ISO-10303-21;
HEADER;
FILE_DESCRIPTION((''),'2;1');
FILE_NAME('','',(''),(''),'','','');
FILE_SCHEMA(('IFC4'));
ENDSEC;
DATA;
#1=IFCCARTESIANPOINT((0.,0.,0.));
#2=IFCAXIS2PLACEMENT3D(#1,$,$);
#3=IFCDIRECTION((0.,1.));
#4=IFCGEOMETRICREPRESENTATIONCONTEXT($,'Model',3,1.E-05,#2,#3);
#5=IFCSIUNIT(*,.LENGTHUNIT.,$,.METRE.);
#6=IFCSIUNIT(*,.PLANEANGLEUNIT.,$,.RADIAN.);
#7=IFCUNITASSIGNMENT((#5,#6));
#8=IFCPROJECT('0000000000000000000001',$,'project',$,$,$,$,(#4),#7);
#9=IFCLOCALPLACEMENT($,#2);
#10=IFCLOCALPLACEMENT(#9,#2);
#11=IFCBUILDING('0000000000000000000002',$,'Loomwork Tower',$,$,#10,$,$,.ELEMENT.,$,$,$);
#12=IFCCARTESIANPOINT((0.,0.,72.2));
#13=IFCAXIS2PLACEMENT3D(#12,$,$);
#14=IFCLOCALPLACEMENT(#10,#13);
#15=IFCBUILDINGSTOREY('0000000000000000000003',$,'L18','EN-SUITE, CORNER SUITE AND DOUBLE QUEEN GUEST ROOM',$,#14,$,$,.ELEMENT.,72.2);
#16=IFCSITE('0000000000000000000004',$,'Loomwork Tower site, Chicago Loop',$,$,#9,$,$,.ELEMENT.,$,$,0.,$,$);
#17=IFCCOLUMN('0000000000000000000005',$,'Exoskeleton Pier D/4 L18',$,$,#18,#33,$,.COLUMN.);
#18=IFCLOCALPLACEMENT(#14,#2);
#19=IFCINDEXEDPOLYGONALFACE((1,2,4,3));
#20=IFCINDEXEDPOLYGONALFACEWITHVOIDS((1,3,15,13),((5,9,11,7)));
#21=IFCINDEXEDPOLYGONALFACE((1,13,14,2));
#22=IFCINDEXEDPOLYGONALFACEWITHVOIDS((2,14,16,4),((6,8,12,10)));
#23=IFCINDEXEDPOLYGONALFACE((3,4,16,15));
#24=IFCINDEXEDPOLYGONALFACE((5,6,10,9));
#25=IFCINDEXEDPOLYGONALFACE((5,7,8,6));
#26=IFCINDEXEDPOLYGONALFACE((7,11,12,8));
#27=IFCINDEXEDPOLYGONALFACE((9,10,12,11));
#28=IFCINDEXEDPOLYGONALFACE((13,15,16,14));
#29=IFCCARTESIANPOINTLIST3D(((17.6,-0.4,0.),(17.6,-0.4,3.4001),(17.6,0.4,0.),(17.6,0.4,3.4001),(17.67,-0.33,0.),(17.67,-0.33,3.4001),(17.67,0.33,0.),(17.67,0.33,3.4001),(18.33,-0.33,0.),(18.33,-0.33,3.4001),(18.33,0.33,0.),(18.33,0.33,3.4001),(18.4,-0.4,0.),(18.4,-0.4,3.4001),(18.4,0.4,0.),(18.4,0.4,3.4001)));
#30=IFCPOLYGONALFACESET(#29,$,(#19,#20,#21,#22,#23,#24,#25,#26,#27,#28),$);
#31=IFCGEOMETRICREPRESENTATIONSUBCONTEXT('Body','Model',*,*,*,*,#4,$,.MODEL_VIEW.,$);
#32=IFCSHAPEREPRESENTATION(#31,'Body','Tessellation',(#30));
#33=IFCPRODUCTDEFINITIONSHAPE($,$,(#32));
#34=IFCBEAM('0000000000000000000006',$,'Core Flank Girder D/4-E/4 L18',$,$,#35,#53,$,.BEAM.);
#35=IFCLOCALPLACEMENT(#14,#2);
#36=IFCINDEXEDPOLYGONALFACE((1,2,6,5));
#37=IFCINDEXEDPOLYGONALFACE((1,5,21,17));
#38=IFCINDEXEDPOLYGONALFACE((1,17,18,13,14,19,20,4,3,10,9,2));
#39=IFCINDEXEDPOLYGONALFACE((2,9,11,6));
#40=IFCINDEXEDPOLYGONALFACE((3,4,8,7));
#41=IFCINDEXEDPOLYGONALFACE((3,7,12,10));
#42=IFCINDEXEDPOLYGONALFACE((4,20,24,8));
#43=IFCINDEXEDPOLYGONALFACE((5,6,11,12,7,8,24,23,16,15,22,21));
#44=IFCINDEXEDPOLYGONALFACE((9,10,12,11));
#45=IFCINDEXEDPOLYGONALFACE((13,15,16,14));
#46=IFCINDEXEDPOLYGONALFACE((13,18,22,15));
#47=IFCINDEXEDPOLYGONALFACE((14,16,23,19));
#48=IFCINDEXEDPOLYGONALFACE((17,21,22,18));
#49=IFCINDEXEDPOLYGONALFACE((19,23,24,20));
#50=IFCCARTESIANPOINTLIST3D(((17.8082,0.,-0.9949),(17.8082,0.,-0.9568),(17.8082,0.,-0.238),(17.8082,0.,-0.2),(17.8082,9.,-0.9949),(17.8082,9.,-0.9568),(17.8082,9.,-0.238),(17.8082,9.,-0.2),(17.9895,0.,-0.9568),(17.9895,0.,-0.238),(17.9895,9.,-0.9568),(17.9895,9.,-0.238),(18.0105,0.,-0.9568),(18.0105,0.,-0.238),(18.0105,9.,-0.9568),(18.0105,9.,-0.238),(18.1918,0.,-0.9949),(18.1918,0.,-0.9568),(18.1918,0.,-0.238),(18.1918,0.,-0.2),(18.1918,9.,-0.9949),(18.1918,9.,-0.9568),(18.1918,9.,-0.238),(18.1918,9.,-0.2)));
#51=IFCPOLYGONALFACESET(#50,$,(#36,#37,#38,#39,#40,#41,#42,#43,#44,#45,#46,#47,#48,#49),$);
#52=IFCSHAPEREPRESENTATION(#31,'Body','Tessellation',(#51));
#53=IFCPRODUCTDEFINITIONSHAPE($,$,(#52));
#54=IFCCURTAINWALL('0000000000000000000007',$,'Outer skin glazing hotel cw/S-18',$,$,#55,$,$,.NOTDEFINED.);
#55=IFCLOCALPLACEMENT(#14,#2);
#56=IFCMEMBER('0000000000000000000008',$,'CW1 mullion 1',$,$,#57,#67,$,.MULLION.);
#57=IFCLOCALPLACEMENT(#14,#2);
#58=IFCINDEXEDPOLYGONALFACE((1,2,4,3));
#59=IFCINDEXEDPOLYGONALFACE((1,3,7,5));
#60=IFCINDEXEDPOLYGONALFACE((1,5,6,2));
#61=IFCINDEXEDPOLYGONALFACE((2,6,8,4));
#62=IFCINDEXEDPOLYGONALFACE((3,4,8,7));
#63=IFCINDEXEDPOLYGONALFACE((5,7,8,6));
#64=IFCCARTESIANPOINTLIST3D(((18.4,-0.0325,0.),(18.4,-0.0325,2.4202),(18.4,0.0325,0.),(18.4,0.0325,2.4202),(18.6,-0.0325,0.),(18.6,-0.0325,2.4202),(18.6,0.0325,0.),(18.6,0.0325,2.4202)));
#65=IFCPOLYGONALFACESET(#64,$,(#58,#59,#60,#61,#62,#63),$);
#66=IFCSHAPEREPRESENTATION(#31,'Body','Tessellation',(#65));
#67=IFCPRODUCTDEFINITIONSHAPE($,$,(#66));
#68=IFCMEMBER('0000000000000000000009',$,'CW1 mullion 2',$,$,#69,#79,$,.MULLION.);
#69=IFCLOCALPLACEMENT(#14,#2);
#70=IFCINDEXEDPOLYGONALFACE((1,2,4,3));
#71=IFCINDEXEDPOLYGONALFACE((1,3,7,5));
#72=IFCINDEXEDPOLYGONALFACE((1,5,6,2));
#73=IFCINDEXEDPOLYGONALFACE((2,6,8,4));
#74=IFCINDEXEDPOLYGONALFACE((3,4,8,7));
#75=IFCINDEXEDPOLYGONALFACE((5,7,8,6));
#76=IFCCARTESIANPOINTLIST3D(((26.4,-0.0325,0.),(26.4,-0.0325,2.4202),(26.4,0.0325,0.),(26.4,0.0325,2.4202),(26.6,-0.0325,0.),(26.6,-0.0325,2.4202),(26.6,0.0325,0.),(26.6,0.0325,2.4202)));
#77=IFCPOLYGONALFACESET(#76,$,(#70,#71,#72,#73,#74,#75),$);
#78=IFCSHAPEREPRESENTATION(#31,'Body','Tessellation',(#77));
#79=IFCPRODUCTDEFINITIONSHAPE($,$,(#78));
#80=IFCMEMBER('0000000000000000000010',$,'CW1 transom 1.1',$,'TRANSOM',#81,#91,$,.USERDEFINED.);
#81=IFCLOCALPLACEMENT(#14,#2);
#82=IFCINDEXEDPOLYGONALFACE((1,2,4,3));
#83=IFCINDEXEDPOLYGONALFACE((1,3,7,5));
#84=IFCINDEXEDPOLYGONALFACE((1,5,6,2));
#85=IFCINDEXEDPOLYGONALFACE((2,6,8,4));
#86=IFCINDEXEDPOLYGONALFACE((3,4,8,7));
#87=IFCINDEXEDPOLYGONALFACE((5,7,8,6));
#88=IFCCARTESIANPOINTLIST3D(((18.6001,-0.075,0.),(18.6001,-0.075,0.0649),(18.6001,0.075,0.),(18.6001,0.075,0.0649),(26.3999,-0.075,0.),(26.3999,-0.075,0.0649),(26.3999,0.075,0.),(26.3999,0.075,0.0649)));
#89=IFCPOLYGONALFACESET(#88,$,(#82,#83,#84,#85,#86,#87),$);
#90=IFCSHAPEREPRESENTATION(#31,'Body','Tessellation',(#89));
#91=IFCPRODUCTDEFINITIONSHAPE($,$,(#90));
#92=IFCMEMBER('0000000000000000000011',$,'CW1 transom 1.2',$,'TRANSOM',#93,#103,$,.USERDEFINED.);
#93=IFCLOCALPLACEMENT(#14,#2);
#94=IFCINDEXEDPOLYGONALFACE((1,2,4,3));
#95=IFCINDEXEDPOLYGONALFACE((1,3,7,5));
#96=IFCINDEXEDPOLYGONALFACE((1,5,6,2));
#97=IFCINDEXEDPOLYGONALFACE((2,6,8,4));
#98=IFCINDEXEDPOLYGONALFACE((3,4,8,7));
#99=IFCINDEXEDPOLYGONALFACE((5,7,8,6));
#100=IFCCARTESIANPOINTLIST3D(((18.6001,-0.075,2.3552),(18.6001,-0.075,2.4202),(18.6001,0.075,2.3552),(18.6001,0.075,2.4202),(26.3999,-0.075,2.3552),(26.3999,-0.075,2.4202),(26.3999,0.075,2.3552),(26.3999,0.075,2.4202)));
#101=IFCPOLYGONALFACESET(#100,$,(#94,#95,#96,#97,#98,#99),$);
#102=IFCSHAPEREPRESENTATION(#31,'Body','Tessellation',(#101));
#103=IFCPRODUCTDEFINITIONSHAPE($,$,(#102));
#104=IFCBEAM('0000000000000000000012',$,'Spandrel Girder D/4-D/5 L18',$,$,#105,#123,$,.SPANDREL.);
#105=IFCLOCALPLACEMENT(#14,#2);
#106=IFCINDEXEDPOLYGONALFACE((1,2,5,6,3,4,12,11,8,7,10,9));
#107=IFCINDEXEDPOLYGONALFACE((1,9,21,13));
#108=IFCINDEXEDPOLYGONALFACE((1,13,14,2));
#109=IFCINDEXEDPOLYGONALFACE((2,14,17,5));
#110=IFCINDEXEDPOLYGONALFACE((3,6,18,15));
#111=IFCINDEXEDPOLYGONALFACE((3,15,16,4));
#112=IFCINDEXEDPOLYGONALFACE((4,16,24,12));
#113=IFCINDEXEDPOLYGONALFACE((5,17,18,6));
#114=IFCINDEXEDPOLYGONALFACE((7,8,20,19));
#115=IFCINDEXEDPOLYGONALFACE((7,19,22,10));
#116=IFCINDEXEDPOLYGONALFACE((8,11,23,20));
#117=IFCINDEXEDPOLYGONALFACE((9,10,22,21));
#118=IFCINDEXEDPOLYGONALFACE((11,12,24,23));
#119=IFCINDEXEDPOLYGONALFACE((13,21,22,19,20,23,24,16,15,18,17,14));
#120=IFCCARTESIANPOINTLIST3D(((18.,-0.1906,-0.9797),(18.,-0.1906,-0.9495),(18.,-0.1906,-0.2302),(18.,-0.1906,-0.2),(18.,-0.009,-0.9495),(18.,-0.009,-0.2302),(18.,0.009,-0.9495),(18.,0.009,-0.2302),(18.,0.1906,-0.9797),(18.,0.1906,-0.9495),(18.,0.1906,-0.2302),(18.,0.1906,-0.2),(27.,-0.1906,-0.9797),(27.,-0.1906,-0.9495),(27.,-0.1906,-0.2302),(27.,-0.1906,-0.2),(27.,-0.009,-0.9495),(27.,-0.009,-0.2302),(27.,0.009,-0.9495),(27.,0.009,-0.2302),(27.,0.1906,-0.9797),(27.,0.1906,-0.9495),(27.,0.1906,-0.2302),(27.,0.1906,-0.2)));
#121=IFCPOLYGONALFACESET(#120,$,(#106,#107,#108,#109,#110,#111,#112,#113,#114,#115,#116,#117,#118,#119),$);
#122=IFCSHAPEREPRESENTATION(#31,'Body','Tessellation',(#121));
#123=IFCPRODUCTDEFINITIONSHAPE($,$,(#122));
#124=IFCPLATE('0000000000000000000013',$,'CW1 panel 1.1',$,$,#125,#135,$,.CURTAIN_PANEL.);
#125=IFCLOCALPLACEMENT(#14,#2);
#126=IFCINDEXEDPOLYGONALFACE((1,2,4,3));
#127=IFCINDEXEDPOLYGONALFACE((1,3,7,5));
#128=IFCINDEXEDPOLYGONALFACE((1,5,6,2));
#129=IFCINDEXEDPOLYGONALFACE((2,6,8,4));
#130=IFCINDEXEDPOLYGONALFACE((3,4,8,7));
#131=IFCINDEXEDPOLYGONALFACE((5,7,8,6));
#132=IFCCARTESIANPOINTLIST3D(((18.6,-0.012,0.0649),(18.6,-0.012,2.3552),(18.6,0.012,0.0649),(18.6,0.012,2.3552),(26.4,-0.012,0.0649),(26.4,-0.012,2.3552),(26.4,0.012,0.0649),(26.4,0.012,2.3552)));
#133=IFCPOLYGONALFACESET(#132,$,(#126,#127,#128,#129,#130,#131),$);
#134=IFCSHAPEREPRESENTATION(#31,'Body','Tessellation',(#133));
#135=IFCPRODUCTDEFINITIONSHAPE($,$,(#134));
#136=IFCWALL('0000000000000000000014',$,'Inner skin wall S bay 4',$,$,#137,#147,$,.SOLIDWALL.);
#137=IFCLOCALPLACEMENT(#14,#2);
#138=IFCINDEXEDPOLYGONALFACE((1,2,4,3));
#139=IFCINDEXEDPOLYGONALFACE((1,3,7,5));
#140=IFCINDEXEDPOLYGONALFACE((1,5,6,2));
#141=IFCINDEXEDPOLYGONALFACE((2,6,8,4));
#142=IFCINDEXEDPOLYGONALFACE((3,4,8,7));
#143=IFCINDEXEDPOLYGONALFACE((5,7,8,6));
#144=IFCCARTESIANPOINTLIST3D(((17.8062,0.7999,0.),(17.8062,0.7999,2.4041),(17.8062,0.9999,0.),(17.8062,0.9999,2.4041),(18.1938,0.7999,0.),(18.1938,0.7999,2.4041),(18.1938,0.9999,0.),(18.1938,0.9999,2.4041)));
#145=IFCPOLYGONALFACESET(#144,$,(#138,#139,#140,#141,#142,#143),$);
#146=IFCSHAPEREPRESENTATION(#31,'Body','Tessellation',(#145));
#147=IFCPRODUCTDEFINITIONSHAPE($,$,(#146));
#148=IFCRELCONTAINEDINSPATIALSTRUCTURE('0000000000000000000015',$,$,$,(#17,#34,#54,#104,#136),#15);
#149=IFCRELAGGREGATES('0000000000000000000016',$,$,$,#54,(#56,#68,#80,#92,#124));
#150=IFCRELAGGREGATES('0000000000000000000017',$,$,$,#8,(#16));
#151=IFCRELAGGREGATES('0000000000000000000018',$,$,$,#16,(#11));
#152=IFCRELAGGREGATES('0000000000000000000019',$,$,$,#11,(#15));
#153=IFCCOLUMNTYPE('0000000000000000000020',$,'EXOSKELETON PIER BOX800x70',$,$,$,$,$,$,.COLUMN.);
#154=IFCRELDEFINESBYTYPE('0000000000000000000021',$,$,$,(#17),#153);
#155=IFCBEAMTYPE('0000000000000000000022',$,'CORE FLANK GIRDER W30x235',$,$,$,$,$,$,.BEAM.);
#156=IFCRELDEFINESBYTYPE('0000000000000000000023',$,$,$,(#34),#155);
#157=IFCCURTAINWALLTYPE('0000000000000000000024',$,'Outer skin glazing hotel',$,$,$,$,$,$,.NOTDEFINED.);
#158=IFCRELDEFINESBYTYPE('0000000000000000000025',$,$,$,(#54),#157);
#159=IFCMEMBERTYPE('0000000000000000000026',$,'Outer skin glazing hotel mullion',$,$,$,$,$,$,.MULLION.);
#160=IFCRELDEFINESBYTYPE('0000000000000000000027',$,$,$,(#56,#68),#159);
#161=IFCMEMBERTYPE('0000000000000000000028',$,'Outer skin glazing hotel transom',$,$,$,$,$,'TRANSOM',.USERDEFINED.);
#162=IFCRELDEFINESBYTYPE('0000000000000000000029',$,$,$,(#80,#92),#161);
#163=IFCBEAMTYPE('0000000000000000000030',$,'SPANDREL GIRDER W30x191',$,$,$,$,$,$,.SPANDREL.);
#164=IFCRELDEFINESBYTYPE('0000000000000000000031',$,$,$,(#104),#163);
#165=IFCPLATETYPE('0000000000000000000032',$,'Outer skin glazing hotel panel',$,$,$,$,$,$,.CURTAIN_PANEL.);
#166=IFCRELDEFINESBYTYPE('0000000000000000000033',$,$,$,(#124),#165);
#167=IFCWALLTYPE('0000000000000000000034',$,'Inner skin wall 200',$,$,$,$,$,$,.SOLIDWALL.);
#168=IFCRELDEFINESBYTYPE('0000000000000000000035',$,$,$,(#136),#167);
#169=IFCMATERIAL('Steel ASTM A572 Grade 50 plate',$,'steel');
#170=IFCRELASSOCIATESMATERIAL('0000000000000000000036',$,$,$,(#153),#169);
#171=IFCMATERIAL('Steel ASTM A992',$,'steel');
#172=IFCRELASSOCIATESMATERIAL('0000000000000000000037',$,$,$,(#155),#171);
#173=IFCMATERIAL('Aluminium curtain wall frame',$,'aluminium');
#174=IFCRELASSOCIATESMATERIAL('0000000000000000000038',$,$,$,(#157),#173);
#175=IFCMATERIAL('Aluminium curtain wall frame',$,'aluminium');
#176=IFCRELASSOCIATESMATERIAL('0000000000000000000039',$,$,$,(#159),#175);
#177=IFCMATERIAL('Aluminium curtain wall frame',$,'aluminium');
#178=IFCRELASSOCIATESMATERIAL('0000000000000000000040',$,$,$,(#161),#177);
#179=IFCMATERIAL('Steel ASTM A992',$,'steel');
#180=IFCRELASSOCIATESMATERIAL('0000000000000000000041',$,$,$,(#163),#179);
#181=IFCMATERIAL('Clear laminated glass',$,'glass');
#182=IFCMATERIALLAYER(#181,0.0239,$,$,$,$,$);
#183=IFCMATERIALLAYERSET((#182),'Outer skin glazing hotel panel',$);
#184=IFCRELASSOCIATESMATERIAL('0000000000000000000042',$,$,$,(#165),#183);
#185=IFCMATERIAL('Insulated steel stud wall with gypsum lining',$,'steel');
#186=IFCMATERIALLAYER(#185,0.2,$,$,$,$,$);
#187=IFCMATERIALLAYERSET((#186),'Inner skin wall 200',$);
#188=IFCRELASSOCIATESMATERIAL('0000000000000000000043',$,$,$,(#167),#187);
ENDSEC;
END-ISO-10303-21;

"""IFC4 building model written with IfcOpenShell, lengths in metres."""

from ifc_helpers import new_model, si_unit, direction, frame, frame_2d, origin, origin_2d, place, context, subcontext, project, spatial, rectangle, hollow_rectangle, i_section, extrude, material, layer, layer_set, material_profile, profile_set, type_object, element, aggregate, save


model = new_model("IFC4")

# Units and contexts
model_context = context("Model", 3, precision=1e-05, world=origin(), true_north=direction((0.0, 1.0)))
body_context = subcontext(model_context, "Body", "Model", "MODEL_VIEW")
ifc_project = project(units=[si_unit("LENGTHUNIT", "METRE"), si_unit("PLANEANGLEUNIT", "RADIAN")], contexts=[model_context])

# Site, building, storey
site_placement = place(None, origin())
site = spatial("IfcSite", under=ifc_project, at=site_placement, Name="Loomwork Tower site, Chicago Loop", CompositionType="ELEMENT", RefElevation=0.0)
building_placement = place(site_placement, origin())
building = spatial("IfcBuilding", under=site, at=building_placement, Name="Loomwork Tower", CompositionType="ELEMENT")
storey_placement = place(building_placement, frame((0.0, 0.0, 72.2)))
storey = spatial("IfcBuildingStorey", under=building, at=storey_placement, Name="L18", Description="EN-SUITE, CORNER SUITE AND DOUBLE QUEEN GUEST ROOM", CompositionType="ELEMENT", Elevation=72.2)

# Column
ifc_material_1 = material(Name="Steel ASTM A572 Grade 50 plate", Category="steel")
ifc_material_profile_1 = material_profile(ifc_material_1, hollow_rectangle(XDim=0.8, YDim=0.8, WallThickness=0.0701, at=origin_2d()), Name="BOX800x70")
ifc_profile_set_1 = profile_set([ifc_material_profile_1], Name="Steel ASTM A572 Grade 50 plate")
column_type = type_object("IfcColumnType", Name="EXOSKELETON PIER BOX800x70", PredefinedType="COLUMN", material=ifc_profile_set_1)
column_placement = place(storey_placement, frame((18.0, 0.0, 0.0), z_axis=(0.0, 0.0, 1.0), x_axis=(1.0, 0.0, 0.0)))
element("IfcColumn", 1, at=column_placement, inside=storey, type_object=column_type, Name="Exoskeleton Pier D/4 L18", PredefinedType="COLUMN", context=body_context, shape_type="SweptSolid", body=[
    extrude(hollow_rectangle(XDim=0.8, YDim=0.8, WallThickness=0.0701, at=origin_2d()), origin(), (0.0, 0.0, 1.0), 3.4001),
])

# Beam
ifc_material_2 = material(Name="Steel ASTM A992", Category="steel")
ifc_material_profile_2 = material_profile(ifc_material_2, i_section(OverallWidth=0.3835, OverallDepth=0.7949, WebThickness=0.021, FlangeThickness=0.0381, at=origin_2d()), Name="W30x235")
ifc_profile_set_2 = profile_set([ifc_material_profile_2], Name="Steel ASTM A992")
beam_type_1 = type_object("IfcBeamType", Name="CORE FLANK GIRDER W30x235", PredefinedType="BEAM", material=ifc_profile_set_2)
beam_1_placement = place(storey_placement, frame((18.0, 0.0, -0.5974), z_axis=(0.0, 1.0, 0.0), x_axis=(-1.0, 0.0, 0.0)))
element("IfcBeam", 2, at=beam_1_placement, inside=storey, type_object=beam_type_1, Name="Core Flank Girder D/4-E/4 L18", PredefinedType="BEAM", context=body_context, shape_type="SweptSolid", body=[
    extrude(i_section(OverallWidth=0.3835, OverallDepth=0.7949, WebThickness=0.021, FlangeThickness=0.0381, at=origin_2d()), origin(), (0.0, 0.0, 1.0), 9.0),
])

# Curtain wall, members
ifc_material_3 = material(Name="Aluminium curtain wall frame", Category="aluminium")
curtain_wall_type = type_object("IfcCurtainWallType", Name="Outer skin glazing hotel", PredefinedType="NOTDEFINED", material=ifc_material_3)
curtain_wall_placement = place(storey_placement, origin())
curtain_wall = element("IfcCurtainWall", 3, at=curtain_wall_placement, inside=storey, type_object=curtain_wall_type, Name="Outer skin glazing hotel cw/S-18", PredefinedType="NOTDEFINED")
ifc_material_4 = material(Name="Aluminium curtain wall frame", Category="aluminium")
ifc_material_profile_3 = material_profile(ifc_material_4, rectangle(XDim=0.0649, YDim=0.2, at=origin_2d()), Name="AL 65x200")
ifc_profile_set_3 = profile_set([ifc_material_profile_3], Name="Aluminium curtain wall frame")
member_type_1 = type_object("IfcMemberType", Name="Outer skin glazing hotel mullion", PredefinedType="MULLION", material=ifc_profile_set_3)
member_1_placement = place(storey_placement, frame((18.5, 0.0, 0.0), z_axis=(0.0, 0.0, 1.0), x_axis=(0.0, 1.0, 0.0)))
member_1 = element("IfcMember", 4, at=member_1_placement, type_object=member_type_1, Name="CW1 mullion 1", PredefinedType="MULLION", context=body_context, shape_type="SweptSolid", body=[
    extrude(rectangle(XDim=0.0649, YDim=0.2, at=origin_2d()), origin(), (0.0, 0.0, 1.0), 2.4202),
])
member_2_placement = place(storey_placement, frame((26.5, 0.0, 0.0), z_axis=(0.0, 0.0, 1.0), x_axis=(0.0, 1.0, 0.0)))
member_2 = element("IfcMember", 5, at=member_2_placement, type_object=member_type_1, Name="CW1 mullion 2", PredefinedType="MULLION", context=body_context, shape_type="SweptSolid", body=[
    extrude(rectangle(XDim=0.0649, YDim=0.2, at=origin_2d()), origin(), (0.0, 0.0, 1.0), 2.4202),
])
ifc_material_5 = material(Name="Aluminium curtain wall frame", Category="aluminium")
ifc_material_profile_4 = material_profile(ifc_material_5, rectangle(XDim=0.1499, YDim=0.0649, at=origin_2d()), Name="AL 65x150")
ifc_profile_set_4 = profile_set([ifc_material_profile_4], Name="Aluminium curtain wall frame")
member_type_2 = type_object("IfcMemberType", Name="Outer skin glazing hotel transom", ElementType="TRANSOM", PredefinedType="USERDEFINED", material=ifc_profile_set_4)
member_3_placement = place(storey_placement, frame((18.6001, 0.0, 0.0325), z_axis=(1.0, 0.0, 0.0), x_axis=(0.0, 1.0, 0.0)))
member_3 = element("IfcMember", 6, at=member_3_placement, type_object=member_type_2, Name="CW1 transom 1.1", ObjectType="TRANSOM", PredefinedType="USERDEFINED", context=body_context, shape_type="SweptSolid", body=[
    extrude(rectangle(XDim=0.1499, YDim=0.0649, at=origin_2d()), origin(), (0.0, 0.0, 1.0), 7.7998),
])
member_4_placement = place(storey_placement, frame((18.6001, 0.0, 2.3877), z_axis=(1.0, 0.0, 0.0), x_axis=(0.0, 1.0, 0.0)))
member_4 = element("IfcMember", 7, at=member_4_placement, type_object=member_type_2, Name="CW1 transom 1.2", ObjectType="TRANSOM", PredefinedType="USERDEFINED", context=body_context, shape_type="SweptSolid", body=[
    extrude(rectangle(XDim=0.1499, YDim=0.0649, at=origin_2d()), origin(), (0.0, 0.0, 1.0), 7.7998),
])

# Beam
ifc_material_6 = material(Name="Steel ASTM A992", Category="steel")
ifc_material_profile_5 = material_profile(ifc_material_6, i_section(OverallWidth=0.3811, OverallDepth=0.7798, WebThickness=0.0181, FlangeThickness=0.0303, at=origin_2d()), Name="W30x191")
ifc_profile_set_5 = profile_set([ifc_material_profile_5], Name="Steel ASTM A992")
beam_type_2 = type_object("IfcBeamType", Name="SPANDREL GIRDER W30x191", PredefinedType="SPANDREL", material=ifc_profile_set_5)
beam_2_placement = place(storey_placement, frame((18.0, 0.0, -0.5898), z_axis=(1.0, 0.0, 0.0), x_axis=(0.0, 1.0, 0.0)))
element("IfcBeam", 8, at=beam_2_placement, inside=storey, type_object=beam_type_2, Name="Spandrel Girder D/4-D/5 L18", PredefinedType="SPANDREL", context=body_context, shape_type="SweptSolid", body=[
    extrude(i_section(OverallWidth=0.3811, OverallDepth=0.7798, WebThickness=0.0181, FlangeThickness=0.0303, at=origin_2d()), origin(), (0.0, 0.0, 1.0), 9.0),
])

# Plate
ifc_material_7 = material(Name="Clear laminated glass", Category="glass")
ifc_layer_1 = layer(ifc_material_7, 0.0239)
ifc_layer_set_1 = layer_set([ifc_layer_1], Name="Outer skin glazing hotel panel")
plate_type = type_object("IfcPlateType", Name="Outer skin glazing hotel panel", PredefinedType="CURTAIN_PANEL", material=ifc_layer_set_1)
plate_placement = place(storey_placement, frame((22.5, 0.0, 0.0649), z_axis=(0.0, 0.0, 1.0), x_axis=(1.0, 0.0, 0.0)))
plate = element("IfcPlate", 9, at=plate_placement, type_object=plate_type, Name="CW1 panel 1.1", PredefinedType="CURTAIN_PANEL", context=body_context, shape_type="SweptSolid", body=[
    extrude(rectangle(XDim=7.8, YDim=0.0239, at=origin_2d()), origin(), (0.0, 0.0, 1.0), 2.2903),
])
aggregate(curtain_wall, [member_1, member_2, member_3, member_4, plate])

# Wall
ifc_material_8 = material(Name="Insulated steel stud wall with gypsum lining", Category="steel")
ifc_layer_2 = layer(ifc_material_8, 0.2)
ifc_layer_set_2 = layer_set([ifc_layer_2], Name="Inner skin wall 200")
wall_type = type_object("IfcWallType", Name="Inner skin wall 200", PredefinedType="SOLIDWALL", material=ifc_layer_set_2)
wall_1_placement = place(storey_placement, frame((17.8062, 0.8999, 0.0), z_axis=(0.0, 0.0, 1.0), x_axis=(1.0, 0.0, 0.0)))
element("IfcWall", 10, at=wall_1_placement, inside=storey, type_object=wall_type, Name="Inner skin wall S bay 4", PredefinedType="SOLIDWALL", context=body_context, shape_type="SweptSolid", body=[
    extrude(rectangle(XDim=0.3877, YDim=0.2, at=frame_2d((0.1938, 0.0))), origin(), (0.0, 0.0, 1.0), 2.4041),
])

save(model, "model.ifc")
